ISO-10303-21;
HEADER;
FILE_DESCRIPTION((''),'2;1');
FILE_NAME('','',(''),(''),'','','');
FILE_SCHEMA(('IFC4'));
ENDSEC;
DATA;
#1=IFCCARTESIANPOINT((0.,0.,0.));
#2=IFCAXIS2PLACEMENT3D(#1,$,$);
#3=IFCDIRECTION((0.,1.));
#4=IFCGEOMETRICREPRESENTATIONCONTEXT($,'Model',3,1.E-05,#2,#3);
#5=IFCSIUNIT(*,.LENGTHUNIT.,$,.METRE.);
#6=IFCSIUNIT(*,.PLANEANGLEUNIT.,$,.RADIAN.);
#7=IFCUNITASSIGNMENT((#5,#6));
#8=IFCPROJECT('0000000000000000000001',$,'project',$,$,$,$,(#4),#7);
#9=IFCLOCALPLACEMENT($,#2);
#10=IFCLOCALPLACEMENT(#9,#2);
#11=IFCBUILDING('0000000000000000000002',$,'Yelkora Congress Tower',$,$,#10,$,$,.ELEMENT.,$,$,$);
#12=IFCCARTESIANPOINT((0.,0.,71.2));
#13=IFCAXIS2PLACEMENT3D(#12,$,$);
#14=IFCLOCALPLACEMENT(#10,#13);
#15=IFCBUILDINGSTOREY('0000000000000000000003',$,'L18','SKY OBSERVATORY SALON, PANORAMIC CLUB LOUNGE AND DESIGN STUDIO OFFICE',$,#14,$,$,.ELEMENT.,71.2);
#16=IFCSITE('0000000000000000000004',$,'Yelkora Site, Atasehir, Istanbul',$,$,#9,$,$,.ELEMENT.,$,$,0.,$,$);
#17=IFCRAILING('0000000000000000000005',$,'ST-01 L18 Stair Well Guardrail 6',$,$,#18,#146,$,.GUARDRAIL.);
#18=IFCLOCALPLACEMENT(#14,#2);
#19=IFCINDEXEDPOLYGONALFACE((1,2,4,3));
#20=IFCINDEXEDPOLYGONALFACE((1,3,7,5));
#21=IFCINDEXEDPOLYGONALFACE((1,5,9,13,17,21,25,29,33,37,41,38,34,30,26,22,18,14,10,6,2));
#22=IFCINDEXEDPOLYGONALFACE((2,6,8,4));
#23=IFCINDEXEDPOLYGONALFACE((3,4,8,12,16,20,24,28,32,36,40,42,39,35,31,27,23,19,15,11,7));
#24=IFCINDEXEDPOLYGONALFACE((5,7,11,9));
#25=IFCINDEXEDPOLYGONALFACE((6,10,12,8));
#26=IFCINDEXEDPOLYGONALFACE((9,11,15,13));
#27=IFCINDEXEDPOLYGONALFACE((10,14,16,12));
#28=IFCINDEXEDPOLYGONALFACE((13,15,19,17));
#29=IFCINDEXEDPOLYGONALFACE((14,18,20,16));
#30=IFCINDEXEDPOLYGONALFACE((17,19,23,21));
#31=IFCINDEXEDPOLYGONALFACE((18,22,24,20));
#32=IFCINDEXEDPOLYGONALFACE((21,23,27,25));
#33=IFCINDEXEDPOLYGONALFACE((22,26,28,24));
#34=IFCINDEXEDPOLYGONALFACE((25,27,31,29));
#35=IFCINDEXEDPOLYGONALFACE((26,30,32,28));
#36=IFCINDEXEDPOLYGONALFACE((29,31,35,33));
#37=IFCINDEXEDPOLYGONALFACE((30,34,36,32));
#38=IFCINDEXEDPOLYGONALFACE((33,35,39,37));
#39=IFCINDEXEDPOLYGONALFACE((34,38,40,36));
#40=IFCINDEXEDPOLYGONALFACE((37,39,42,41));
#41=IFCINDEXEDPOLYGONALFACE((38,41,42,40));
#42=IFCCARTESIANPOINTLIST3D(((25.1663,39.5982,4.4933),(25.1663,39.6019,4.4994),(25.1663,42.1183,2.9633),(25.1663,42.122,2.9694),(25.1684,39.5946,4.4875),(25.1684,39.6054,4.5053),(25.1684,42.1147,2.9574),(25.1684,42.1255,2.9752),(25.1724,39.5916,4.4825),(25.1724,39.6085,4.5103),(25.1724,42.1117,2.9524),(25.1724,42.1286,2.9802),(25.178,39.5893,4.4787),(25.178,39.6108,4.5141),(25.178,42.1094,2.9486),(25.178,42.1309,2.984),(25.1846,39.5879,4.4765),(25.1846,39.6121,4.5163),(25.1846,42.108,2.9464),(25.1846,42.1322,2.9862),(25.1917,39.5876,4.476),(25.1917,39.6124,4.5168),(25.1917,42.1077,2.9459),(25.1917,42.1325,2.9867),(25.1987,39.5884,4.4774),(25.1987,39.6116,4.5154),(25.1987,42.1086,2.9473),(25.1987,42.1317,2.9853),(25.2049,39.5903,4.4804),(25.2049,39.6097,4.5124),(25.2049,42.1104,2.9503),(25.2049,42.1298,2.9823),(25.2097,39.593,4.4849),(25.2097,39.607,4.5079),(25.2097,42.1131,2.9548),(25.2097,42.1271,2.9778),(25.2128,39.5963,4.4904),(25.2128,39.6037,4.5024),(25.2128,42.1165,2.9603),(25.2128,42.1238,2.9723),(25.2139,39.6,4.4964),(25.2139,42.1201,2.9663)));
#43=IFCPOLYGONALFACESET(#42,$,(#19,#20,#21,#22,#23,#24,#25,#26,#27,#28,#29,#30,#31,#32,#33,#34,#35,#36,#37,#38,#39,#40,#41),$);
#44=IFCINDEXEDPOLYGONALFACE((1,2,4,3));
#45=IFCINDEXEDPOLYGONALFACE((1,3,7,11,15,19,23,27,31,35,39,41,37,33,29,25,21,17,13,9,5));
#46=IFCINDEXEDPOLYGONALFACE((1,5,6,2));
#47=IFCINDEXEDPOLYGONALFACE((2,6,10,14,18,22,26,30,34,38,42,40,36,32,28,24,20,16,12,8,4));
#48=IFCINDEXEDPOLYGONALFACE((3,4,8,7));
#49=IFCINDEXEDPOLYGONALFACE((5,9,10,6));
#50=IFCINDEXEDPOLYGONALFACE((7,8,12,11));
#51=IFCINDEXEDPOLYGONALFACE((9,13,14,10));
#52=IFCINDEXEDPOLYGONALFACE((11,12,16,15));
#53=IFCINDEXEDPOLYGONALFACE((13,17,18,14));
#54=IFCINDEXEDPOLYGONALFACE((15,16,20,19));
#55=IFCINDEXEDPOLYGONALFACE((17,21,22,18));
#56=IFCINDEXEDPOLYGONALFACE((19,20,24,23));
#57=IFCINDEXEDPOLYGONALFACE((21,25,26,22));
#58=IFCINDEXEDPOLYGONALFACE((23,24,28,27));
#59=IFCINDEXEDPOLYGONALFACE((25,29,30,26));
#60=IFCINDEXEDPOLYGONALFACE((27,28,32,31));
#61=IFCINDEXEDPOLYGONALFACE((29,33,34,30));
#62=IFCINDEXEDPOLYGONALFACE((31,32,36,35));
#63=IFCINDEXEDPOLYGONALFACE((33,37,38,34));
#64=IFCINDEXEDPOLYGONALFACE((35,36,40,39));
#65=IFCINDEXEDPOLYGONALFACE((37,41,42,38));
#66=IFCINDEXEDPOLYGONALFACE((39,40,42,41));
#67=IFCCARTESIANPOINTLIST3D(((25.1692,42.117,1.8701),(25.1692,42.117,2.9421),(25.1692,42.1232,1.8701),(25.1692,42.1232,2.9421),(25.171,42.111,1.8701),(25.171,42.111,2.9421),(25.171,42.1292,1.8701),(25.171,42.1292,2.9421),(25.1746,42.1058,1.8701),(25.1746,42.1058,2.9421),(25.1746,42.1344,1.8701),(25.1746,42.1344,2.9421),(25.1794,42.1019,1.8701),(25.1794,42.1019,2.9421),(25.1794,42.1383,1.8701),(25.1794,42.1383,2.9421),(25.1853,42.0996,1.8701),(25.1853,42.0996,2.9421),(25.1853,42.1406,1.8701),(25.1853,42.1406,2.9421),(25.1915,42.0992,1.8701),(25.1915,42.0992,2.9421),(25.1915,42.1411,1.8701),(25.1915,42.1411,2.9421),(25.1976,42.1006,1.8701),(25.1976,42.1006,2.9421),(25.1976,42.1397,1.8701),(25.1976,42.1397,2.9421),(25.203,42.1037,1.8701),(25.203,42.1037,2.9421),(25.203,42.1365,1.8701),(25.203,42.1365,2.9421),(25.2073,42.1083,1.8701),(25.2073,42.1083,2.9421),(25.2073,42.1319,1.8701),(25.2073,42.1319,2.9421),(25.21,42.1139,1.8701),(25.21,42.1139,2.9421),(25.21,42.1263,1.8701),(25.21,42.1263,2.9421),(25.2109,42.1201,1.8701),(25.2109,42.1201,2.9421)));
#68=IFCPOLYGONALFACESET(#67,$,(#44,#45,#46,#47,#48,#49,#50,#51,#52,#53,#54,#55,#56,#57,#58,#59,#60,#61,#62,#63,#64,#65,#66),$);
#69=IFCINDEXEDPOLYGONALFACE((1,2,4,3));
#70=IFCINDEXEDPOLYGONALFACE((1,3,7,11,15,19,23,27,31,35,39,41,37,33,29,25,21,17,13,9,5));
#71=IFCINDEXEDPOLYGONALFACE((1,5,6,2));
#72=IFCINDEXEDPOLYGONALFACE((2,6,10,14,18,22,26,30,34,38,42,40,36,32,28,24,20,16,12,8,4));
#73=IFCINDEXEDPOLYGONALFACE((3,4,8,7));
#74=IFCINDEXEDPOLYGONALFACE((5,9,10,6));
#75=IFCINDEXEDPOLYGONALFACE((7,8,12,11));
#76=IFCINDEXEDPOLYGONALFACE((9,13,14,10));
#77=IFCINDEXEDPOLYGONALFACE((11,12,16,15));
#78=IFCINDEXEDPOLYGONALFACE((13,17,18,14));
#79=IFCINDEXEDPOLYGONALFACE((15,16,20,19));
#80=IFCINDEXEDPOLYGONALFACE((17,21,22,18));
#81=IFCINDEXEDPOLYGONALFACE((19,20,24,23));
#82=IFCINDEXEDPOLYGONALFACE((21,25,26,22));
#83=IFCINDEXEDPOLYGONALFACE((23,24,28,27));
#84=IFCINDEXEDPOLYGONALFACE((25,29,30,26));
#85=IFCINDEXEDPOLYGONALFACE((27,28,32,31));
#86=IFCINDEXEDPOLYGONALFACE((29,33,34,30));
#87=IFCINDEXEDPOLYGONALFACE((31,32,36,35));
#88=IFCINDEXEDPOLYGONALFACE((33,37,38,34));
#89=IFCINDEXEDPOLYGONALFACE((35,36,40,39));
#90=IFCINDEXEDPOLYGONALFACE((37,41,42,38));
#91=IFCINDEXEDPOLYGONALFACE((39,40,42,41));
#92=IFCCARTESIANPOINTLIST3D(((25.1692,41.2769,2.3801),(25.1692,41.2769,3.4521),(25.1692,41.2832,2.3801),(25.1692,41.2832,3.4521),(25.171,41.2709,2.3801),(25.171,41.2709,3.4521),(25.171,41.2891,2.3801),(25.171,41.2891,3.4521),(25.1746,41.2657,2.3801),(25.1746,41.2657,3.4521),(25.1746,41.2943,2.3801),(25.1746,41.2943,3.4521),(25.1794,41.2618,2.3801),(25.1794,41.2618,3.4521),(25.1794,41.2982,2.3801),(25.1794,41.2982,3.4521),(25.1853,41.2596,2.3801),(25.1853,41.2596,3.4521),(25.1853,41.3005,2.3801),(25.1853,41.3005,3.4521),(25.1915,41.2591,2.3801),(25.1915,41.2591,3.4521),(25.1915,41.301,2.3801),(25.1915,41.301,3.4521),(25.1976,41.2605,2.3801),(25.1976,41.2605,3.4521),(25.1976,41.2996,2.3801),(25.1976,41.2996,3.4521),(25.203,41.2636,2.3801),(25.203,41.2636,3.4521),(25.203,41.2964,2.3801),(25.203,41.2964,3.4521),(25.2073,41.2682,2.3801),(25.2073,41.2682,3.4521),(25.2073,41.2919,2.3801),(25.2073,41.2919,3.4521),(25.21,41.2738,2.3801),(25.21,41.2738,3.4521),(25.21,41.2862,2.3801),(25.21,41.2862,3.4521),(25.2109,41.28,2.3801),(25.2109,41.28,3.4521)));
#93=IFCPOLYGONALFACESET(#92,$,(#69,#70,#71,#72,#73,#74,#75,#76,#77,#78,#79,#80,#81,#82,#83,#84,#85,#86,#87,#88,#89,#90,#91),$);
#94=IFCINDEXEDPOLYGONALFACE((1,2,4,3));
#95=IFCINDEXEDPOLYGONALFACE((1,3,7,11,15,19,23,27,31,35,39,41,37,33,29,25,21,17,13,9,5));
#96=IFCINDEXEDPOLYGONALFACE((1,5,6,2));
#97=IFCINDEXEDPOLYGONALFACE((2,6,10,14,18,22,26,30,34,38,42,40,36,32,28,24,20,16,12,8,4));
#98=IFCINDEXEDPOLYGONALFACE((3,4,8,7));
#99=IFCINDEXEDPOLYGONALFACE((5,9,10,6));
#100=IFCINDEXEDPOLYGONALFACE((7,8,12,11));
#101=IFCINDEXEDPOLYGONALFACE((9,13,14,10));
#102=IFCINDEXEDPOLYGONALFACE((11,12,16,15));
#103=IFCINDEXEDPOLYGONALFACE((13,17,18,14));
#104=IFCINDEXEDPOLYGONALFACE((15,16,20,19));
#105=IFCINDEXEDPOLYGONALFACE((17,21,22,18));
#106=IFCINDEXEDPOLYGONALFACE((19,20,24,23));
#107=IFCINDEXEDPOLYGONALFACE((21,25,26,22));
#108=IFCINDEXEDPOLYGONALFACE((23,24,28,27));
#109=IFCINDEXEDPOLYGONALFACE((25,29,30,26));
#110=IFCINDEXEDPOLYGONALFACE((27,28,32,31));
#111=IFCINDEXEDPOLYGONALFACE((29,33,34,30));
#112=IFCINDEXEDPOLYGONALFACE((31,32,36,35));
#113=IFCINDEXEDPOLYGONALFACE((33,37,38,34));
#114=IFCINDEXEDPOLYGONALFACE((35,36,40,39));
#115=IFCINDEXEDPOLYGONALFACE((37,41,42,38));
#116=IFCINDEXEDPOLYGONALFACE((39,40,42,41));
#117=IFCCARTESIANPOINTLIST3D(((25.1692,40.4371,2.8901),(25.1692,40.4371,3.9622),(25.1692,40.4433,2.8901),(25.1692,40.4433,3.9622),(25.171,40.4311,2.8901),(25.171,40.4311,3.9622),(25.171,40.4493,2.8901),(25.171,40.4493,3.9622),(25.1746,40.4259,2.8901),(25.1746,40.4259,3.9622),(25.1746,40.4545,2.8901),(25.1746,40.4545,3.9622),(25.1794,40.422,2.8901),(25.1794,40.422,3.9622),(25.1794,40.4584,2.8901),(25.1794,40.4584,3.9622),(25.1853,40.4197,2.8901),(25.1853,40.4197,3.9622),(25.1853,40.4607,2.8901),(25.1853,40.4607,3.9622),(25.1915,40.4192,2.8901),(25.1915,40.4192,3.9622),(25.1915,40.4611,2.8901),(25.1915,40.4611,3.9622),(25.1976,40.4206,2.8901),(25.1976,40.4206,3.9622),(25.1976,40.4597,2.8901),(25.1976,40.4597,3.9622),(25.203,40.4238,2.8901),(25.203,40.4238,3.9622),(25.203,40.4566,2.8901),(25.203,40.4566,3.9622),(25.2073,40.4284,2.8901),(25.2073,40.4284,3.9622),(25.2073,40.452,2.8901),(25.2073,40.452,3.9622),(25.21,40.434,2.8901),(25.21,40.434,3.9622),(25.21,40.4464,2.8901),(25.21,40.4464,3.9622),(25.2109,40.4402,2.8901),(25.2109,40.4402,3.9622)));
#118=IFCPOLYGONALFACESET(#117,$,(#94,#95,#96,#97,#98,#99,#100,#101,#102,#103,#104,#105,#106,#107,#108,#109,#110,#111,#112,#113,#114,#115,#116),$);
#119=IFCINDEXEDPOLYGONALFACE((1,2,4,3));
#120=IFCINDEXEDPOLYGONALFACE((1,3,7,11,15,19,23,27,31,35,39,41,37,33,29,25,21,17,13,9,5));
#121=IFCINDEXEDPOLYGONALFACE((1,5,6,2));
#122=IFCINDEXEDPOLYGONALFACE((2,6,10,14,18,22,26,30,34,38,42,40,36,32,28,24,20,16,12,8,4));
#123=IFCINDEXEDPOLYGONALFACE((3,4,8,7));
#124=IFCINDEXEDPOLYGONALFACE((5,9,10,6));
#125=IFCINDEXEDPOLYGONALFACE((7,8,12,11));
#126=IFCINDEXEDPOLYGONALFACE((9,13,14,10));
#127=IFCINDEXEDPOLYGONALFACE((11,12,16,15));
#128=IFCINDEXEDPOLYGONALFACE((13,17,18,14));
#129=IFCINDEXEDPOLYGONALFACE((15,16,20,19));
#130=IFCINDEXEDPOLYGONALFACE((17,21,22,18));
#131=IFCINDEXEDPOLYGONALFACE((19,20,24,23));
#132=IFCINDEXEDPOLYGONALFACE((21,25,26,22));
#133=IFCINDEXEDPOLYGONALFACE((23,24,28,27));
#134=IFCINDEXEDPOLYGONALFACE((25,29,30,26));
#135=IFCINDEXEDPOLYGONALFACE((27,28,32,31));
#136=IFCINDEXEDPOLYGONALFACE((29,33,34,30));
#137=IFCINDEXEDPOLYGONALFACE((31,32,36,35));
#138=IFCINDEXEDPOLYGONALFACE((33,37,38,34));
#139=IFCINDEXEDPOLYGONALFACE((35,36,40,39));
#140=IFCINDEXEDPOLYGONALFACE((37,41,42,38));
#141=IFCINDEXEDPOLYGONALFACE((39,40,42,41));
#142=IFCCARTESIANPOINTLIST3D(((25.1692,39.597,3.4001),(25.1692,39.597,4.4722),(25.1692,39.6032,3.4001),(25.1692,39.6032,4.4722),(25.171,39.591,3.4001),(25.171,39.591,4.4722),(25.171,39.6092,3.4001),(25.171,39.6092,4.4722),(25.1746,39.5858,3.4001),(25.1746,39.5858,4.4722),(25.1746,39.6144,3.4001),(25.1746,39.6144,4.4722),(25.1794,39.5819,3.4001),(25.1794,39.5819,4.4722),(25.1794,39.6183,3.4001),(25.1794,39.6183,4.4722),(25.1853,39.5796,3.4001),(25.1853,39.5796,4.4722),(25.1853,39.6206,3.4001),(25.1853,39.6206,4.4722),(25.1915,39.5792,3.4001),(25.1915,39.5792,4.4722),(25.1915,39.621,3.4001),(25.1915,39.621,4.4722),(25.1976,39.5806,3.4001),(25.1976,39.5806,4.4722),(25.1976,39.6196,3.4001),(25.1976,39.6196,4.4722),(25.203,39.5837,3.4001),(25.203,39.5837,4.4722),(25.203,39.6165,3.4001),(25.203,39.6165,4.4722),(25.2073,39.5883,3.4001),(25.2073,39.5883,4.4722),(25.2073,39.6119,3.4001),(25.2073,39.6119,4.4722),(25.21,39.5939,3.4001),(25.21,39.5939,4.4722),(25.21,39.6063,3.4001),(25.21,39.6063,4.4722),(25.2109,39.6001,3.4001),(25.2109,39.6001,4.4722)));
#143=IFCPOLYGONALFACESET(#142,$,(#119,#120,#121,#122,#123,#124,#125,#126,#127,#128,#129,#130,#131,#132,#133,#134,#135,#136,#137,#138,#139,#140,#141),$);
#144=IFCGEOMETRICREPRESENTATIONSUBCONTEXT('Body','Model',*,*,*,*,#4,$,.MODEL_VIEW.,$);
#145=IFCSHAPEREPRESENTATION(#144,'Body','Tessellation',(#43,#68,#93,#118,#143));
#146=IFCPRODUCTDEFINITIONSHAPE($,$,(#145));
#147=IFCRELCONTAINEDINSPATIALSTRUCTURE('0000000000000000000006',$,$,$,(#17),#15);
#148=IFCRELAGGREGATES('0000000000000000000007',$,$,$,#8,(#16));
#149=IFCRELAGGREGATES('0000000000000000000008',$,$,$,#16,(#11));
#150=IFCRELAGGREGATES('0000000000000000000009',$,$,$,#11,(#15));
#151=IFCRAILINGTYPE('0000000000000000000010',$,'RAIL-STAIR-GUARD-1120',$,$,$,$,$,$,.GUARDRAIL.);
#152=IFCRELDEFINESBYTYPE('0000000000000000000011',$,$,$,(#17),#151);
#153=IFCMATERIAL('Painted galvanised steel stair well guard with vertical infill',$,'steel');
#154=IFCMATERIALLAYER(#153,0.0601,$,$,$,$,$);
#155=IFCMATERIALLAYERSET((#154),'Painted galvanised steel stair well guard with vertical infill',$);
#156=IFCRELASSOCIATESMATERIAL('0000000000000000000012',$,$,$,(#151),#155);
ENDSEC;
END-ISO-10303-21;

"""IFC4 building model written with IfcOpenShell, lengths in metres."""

from ifc_helpers import new_model, si_unit, direction, frame, origin, origin_2d, place, context, subcontext, project, spatial, circle, extrude, material, layer, layer_set, type_object, element, save


model = new_model("IFC4")

# Units and contexts
model_context = context("Model", 3, precision=1e-05, world=origin(), true_north=direction((0.0, 1.0)))
body_context = subcontext(model_context, "Body", "Model", "MODEL_VIEW")
ifc_project = project(units=[si_unit("LENGTHUNIT", "METRE"), si_unit("PLANEANGLEUNIT", "RADIAN")], contexts=[model_context])

# Site, building, storey
site_placement = place(None, origin())
site = spatial("IfcSite", under=ifc_project, at=site_placement, Name="Yelkora Site, Atasehir, Istanbul", CompositionType="ELEMENT", RefElevation=0.0)
building_placement = place(site_placement, origin())
building = spatial("IfcBuilding", under=site, at=building_placement, Name="Yelkora Congress Tower", CompositionType="ELEMENT")
storey_placement = place(building_placement, frame((0.0, 0.0, 71.2)))
storey = spatial("IfcBuildingStorey", under=building, at=storey_placement, Name="L18", Description="SKY OBSERVATORY SALON, PANORAMIC CLUB LOUNGE AND DESIGN STUDIO OFFICE", CompositionType="ELEMENT", Elevation=71.2)

# Railing
ifc_material_1 = material(Name="Painted galvanised steel stair well guard with vertical infill", Category="steel")
ifc_layer_1 = layer(ifc_material_1, 0.0601)
ifc_layer_set_1 = layer_set([ifc_layer_1], Name="Painted galvanised steel stair well guard with vertical infill")
railing_type_1 = type_object("IfcRailingType", Name="RAIL-STAIR-GUARD-1120", PredefinedType="GUARDRAIL", material=ifc_layer_set_1)
railing_1_placement = place(storey_placement, frame((25.1899, 42.1201, 1.8701)))
element("IfcRailing", 1, at=railing_1_placement, inside=storey, type_object=railing_type_1, Name="ST-01 L18 Stair Well Guardrail 6", PredefinedType="GUARDRAIL", context=body_context, shape_type="SweptSolid", body=[
    extrude(circle(Radius=0.0239, at=origin_2d()), frame((0.0, 0.0, 1.0962), z_axis=(0.0, -0.854785, 0.518982), x_axis=(1.0, 0.0, 0.0)), (0.0, 0.0, 1.0), 2.9482),
    extrude(circle(Radius=0.021, at=origin_2d()), origin(), (0.0, 0.0, 1.0), 1.072),
    extrude(circle(Radius=0.021, at=origin_2d()), frame((0.0, -0.8401, 0.51)), (0.0, 0.0, 1.0), 1.072),
    extrude(circle(Radius=0.021, at=origin_2d()), frame((0.0, -1.6799, 1.02)), (0.0, 0.0, 1.0), 1.072),
    extrude(circle(Radius=0.021, at=origin_2d()), frame((0.0, -2.52, 1.53)), (0.0, 0.0, 1.0), 1.072),
])

save(model, "model.ifc")
